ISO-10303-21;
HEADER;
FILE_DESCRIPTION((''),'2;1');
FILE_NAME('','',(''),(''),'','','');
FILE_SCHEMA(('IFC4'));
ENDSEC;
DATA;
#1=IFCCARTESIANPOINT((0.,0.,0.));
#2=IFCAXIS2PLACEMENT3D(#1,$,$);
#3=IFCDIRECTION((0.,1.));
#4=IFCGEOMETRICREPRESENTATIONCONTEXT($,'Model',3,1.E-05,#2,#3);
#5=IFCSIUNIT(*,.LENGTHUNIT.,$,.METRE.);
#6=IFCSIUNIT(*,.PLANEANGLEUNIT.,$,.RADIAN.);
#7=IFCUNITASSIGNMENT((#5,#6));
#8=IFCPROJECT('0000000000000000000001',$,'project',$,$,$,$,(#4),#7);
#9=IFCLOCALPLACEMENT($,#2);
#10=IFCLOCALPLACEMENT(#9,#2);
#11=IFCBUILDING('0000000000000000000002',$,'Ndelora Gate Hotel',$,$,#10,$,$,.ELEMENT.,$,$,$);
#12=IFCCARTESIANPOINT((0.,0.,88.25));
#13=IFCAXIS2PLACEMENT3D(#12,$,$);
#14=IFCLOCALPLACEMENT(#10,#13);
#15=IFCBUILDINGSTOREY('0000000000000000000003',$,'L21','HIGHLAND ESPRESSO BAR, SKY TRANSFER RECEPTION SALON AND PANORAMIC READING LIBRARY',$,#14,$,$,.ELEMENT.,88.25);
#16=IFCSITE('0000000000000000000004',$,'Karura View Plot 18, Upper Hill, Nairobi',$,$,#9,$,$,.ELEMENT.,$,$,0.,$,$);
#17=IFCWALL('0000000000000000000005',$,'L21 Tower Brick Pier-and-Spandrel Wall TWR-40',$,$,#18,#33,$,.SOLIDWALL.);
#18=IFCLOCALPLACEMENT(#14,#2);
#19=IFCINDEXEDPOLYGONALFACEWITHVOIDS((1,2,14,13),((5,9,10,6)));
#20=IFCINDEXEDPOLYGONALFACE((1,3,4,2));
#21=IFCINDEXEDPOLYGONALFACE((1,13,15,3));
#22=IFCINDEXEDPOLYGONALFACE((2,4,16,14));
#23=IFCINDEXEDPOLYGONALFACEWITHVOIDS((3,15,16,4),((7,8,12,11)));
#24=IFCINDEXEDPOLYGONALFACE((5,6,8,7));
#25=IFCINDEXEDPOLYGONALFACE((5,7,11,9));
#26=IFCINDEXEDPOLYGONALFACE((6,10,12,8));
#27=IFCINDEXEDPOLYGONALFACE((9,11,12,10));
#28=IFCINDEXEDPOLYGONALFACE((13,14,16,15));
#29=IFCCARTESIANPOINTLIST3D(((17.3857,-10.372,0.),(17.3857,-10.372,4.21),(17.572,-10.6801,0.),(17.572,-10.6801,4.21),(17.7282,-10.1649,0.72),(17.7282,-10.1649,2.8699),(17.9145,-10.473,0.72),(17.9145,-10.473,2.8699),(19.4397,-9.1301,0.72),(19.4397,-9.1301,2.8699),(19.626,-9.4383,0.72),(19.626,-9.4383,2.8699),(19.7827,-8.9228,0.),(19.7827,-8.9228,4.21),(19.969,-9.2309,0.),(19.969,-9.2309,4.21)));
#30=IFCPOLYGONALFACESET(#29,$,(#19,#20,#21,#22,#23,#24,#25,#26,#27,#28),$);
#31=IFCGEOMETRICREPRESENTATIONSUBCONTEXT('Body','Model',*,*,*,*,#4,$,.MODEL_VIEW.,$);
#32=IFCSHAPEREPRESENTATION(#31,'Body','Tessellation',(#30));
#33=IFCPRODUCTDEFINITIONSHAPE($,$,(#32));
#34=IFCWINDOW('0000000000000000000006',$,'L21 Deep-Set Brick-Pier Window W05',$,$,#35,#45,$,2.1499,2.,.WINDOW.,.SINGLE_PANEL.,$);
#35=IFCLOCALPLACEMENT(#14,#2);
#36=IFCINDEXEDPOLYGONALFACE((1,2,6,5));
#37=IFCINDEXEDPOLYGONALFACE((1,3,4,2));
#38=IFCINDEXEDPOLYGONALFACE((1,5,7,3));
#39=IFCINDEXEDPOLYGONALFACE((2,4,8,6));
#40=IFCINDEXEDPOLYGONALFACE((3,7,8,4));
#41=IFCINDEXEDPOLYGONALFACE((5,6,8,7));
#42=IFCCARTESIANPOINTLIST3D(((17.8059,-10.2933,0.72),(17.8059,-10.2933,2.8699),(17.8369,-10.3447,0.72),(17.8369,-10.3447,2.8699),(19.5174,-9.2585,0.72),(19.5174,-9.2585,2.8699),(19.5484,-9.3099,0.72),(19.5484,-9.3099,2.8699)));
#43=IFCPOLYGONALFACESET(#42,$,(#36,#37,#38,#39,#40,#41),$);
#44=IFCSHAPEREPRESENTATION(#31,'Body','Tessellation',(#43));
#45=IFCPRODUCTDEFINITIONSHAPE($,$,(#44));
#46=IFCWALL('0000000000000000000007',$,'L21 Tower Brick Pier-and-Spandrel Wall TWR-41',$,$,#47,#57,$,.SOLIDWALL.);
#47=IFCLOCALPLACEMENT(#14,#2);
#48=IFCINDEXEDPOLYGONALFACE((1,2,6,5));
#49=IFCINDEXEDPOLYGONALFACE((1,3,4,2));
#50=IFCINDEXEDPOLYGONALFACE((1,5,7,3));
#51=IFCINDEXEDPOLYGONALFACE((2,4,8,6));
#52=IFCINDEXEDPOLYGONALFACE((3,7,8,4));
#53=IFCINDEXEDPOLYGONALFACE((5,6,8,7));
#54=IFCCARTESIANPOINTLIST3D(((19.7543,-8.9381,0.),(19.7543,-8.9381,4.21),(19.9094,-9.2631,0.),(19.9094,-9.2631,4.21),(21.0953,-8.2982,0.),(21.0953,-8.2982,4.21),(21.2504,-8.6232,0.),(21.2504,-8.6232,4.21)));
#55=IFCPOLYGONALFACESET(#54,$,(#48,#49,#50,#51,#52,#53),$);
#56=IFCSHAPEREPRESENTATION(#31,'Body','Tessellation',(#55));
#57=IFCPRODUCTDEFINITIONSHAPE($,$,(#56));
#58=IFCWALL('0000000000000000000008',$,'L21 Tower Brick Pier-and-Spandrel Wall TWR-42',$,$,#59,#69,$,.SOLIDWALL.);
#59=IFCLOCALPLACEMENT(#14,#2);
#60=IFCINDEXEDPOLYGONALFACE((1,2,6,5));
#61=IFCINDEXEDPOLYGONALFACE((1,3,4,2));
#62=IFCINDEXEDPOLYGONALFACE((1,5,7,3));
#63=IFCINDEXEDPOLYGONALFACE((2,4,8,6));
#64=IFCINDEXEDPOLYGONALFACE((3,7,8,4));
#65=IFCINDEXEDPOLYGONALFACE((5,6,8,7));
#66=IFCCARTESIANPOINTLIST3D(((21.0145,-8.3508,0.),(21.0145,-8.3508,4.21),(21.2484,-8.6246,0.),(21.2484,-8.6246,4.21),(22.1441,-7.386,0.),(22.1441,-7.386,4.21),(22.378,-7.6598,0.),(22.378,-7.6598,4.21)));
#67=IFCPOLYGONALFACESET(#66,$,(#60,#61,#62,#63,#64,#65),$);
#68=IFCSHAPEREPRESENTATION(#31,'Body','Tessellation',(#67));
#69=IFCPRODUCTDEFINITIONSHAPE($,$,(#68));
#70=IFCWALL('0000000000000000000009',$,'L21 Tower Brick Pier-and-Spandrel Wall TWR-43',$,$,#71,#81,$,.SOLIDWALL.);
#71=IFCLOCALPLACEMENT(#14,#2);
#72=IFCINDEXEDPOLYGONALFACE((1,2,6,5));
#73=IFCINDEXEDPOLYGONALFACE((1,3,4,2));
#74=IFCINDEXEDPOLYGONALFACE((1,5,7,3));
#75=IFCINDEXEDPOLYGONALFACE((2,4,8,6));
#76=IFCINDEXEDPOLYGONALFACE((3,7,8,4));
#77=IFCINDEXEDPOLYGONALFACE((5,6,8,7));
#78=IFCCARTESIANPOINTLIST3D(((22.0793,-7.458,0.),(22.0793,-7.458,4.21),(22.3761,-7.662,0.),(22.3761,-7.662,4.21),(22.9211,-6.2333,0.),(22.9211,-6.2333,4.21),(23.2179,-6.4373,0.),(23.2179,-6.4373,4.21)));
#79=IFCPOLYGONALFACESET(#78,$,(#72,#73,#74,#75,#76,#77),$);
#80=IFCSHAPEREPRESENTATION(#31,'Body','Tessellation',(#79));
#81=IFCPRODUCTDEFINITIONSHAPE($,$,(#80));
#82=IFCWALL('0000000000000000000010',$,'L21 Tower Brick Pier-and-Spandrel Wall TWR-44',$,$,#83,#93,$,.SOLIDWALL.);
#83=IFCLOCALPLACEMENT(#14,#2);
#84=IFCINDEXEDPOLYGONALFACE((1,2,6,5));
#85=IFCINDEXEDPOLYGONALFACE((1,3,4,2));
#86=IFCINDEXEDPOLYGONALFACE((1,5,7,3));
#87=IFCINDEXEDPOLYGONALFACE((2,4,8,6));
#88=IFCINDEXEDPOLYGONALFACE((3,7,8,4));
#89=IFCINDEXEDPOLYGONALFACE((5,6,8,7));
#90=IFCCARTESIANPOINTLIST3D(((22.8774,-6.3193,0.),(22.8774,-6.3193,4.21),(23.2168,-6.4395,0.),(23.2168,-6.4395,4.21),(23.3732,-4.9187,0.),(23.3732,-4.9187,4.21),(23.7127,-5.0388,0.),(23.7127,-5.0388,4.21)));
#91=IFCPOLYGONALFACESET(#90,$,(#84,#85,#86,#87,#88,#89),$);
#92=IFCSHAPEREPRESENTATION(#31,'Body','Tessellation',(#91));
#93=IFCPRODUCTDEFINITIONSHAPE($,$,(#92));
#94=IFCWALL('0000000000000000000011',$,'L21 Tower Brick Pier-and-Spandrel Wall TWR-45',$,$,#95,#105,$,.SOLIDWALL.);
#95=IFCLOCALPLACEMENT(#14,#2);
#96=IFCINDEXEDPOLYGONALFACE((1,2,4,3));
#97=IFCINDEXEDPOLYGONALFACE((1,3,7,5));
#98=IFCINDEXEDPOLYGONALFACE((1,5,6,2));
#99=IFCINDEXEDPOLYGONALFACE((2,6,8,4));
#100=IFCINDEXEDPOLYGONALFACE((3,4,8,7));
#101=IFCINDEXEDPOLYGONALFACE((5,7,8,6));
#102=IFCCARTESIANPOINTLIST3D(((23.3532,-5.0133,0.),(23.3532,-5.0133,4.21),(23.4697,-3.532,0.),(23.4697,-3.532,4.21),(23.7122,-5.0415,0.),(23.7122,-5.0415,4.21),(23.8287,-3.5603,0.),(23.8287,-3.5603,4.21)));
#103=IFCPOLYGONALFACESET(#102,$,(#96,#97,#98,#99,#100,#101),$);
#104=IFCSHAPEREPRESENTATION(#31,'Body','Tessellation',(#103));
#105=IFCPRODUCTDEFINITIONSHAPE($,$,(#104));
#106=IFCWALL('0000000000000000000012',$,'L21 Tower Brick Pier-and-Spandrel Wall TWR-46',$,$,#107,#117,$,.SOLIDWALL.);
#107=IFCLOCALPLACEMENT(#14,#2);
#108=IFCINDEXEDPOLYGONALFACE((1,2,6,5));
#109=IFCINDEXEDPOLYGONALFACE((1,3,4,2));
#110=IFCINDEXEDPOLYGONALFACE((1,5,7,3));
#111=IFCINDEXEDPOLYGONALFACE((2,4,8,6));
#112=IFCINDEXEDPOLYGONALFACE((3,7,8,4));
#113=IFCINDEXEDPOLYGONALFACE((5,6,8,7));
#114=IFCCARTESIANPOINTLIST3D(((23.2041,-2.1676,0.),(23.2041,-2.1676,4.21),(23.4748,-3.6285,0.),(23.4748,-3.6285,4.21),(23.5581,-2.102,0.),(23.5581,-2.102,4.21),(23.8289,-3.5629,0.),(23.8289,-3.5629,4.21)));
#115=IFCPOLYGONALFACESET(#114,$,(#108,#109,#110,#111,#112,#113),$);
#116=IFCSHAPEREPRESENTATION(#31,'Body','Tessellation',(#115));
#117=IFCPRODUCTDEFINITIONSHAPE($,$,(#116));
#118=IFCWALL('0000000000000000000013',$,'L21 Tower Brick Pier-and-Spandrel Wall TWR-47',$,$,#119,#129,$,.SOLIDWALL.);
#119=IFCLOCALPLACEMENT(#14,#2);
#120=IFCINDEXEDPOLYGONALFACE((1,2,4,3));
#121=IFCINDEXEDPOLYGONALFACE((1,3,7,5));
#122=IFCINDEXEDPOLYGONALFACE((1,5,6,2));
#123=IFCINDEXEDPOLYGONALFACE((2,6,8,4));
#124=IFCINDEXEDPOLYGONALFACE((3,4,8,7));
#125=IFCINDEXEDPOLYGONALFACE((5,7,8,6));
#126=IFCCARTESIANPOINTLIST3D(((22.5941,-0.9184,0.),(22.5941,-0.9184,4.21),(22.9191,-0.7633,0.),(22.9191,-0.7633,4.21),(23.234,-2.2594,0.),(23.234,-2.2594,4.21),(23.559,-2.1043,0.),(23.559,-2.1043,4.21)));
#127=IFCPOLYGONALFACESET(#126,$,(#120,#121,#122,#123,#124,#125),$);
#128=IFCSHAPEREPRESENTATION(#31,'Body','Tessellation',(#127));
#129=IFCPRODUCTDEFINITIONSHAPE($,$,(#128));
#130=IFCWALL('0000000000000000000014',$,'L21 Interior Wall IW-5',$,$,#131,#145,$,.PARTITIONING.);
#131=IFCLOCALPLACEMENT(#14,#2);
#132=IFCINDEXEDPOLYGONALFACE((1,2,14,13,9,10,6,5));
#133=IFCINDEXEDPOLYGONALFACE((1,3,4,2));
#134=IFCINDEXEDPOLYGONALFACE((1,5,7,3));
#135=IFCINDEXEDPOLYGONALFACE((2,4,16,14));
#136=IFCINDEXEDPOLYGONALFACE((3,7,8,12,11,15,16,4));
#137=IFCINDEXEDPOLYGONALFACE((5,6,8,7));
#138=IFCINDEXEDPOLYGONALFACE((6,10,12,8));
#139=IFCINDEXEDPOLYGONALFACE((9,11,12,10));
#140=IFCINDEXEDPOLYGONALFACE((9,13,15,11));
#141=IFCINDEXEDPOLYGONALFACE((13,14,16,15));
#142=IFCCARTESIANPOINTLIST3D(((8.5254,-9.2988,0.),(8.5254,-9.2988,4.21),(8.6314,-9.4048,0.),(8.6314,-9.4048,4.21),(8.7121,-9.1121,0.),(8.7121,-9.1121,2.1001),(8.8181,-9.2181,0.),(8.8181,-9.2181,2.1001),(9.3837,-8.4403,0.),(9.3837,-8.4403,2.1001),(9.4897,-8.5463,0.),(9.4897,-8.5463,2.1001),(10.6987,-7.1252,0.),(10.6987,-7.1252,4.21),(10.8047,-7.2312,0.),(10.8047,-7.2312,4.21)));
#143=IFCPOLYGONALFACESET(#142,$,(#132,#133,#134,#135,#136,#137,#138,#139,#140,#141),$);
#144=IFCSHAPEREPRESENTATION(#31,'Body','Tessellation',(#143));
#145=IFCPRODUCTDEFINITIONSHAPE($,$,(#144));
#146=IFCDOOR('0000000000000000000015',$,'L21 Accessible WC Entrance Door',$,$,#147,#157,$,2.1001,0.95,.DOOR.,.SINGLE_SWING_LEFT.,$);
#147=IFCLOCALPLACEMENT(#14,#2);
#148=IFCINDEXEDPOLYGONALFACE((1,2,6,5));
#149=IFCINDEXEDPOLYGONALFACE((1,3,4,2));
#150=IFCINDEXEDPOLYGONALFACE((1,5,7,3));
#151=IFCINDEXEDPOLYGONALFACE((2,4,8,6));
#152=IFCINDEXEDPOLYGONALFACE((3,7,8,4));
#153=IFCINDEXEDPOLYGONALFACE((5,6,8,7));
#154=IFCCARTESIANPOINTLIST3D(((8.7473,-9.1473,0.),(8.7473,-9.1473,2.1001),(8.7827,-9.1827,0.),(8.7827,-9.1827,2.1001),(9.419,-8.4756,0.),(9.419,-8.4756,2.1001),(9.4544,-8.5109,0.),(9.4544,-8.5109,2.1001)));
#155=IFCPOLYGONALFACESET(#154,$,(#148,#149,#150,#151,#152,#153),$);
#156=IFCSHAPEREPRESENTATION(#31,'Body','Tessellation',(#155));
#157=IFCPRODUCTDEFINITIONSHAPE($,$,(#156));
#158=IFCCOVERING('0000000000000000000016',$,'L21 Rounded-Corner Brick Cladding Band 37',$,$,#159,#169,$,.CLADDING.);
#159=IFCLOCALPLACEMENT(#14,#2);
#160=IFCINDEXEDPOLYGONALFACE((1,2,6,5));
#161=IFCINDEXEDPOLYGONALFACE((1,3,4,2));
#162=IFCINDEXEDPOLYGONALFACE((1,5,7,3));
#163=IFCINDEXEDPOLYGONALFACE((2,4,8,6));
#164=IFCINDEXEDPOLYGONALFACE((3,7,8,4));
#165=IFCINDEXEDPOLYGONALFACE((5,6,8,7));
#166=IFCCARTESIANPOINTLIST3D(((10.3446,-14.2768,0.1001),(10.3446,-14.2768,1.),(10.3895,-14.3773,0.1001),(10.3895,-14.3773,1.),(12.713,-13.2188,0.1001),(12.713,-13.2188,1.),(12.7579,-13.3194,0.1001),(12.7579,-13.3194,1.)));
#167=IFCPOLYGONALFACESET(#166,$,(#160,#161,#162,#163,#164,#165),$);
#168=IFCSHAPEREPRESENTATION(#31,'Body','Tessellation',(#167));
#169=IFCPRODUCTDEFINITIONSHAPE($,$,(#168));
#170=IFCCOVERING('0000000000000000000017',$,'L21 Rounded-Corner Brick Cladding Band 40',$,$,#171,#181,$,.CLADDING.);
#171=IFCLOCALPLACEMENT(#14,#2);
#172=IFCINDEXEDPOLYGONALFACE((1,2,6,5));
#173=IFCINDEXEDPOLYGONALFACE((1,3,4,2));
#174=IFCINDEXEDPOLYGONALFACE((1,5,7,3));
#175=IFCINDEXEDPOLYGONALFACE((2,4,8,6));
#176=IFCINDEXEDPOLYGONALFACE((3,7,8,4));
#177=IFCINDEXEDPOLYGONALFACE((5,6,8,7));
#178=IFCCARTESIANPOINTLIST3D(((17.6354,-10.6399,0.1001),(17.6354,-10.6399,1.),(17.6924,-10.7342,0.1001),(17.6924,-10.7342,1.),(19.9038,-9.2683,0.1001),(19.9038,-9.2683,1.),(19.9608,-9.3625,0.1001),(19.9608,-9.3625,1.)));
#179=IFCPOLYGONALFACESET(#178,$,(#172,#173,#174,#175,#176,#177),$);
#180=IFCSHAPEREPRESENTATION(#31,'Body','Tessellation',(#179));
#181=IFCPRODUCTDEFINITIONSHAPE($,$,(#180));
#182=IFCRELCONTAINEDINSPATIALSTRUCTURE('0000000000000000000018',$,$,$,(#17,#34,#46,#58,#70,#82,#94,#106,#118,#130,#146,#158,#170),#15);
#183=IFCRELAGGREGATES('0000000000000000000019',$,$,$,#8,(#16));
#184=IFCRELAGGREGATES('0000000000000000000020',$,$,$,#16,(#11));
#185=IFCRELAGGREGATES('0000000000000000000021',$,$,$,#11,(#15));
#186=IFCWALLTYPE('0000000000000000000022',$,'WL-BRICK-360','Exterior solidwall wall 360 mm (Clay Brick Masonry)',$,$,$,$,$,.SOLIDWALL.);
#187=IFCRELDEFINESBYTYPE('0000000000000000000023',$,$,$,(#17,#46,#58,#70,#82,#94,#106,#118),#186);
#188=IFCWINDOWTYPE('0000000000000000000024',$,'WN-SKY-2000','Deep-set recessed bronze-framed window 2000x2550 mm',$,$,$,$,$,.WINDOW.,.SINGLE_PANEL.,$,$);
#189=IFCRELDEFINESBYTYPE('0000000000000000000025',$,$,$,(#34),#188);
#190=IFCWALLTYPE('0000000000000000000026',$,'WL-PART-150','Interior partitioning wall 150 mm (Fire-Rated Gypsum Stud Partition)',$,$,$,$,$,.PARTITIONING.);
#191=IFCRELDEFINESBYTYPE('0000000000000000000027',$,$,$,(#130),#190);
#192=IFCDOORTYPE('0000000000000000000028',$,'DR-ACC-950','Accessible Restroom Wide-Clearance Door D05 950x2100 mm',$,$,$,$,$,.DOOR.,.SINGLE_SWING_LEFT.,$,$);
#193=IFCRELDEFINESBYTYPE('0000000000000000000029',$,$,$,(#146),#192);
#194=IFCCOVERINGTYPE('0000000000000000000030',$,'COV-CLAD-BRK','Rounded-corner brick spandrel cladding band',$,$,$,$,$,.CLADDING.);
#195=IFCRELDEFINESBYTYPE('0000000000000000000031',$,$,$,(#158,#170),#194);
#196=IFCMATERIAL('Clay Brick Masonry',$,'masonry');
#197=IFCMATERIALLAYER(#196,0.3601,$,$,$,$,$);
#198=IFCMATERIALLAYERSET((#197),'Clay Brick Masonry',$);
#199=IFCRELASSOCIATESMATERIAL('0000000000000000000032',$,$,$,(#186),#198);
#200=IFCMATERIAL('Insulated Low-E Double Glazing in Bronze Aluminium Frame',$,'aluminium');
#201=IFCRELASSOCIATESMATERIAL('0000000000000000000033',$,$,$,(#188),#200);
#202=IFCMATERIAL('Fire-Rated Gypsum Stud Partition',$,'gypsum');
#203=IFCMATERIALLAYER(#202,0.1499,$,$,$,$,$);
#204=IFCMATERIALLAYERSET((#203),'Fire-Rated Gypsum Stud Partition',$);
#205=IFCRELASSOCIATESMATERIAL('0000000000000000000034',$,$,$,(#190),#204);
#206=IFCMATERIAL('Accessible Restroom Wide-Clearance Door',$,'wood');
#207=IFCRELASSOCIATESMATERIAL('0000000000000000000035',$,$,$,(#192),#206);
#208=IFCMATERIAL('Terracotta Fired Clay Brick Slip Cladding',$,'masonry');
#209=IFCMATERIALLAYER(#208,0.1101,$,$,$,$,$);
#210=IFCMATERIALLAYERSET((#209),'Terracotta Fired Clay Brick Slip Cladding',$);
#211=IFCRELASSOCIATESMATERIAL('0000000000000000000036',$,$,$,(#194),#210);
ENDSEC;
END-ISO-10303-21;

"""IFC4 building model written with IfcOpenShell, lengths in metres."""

from ifc_helpers import new_model, si_unit, direction, frame, frame_2d, origin, origin_2d, place, context, subcontext, project, spatial, rectangle, extrude, material, layer, layer_set, type_object, element, fill, save


model = new_model("IFC4")

# Units and contexts
model_context = context("Model", 3, precision=1e-05, world=origin(), true_north=direction((0.0, 1.0)))
body_context = subcontext(model_context, "Body", "Model", "MODEL_VIEW")
ifc_project = project(units=[si_unit("LENGTHUNIT", "METRE"), si_unit("PLANEANGLEUNIT", "RADIAN")], contexts=[model_context])

# Site, building, storey
site_placement = place(None, origin())
site = spatial("IfcSite", under=ifc_project, at=site_placement, Name="Karura View Plot 18, Upper Hill, Nairobi", CompositionType="ELEMENT", RefElevation=0.0)
building_placement = place(site_placement, origin())
building = spatial("IfcBuilding", under=site, at=building_placement, Name="Ndelora Gate Hotel", CompositionType="ELEMENT")
storey_placement = place(building_placement, frame((0.0, 0.0, 88.25)))
storey = spatial("IfcBuildingStorey", under=building, at=storey_placement, Name="L21", Description="HIGHLAND ESPRESSO BAR, SKY TRANSFER RECEPTION SALON AND PANORAMIC READING LIBRARY", CompositionType="ELEMENT", Elevation=88.25)

# Shared definitions
ifc_material_1 = material(Name="Clay Brick Masonry", Category="masonry")
ifc_layer_1 = layer(ifc_material_1, 0.3601)
ifc_layer_set_1 = layer_set([ifc_layer_1], Name="Clay Brick Masonry")
wall_type_1 = type_object("IfcWallType", Name="WL-BRICK-360", Description="Exterior solidwall wall 360 mm (Clay Brick Masonry)", PredefinedType="SOLIDWALL", material=ifc_layer_set_1)

# Shared definitions
ifc_material_2 = material(Name="Insulated Low-E Double Glazing in Bronze Aluminium Frame", Category="aluminium")
window_type = type_object("IfcWindowType", Name="WN-SKY-2000", Description="Deep-set recessed bronze-framed window 2000x2550 mm", PartitioningType="SINGLE_PANEL", PredefinedType="WINDOW", material=ifc_material_2)

# Wall, opening, window
wall_1_placement = place(storey_placement, frame((19.8757, -9.0769, 0.0), z_axis=(0.0, 0.0, 1.0), x_axis=(-0.85575, -0.51739, 0.0)))
wall_1 = element("IfcWall", 1, at=wall_1_placement, inside=storey, type_object=wall_type_1, Name="L21 Tower Brick Pier-and-Spandrel Wall TWR-40", PredefinedType="SOLIDWALL", context=body_context, shape_type="SweptSolid", body=[
    extrude(rectangle(XDim=2.801, YDim=0.3601, at=frame_2d((1.4004, 0.0))), origin(), (0.0, 0.0, 1.0), 4.21),
])
opening_1_placement = place(wall_1_placement, frame((0.4006, 0.0, 0.72)))
opening_1 = element("IfcOpeningElement", 2, at=opening_1_placement, cuts=wall_1, PredefinedType="OPENING", context=body_context, shape_type="SweptSolid", body=[
    extrude(rectangle(XDim=2.0, YDim=2.1499, at=frame_2d((1.0, 1.075))), frame((0.0, 0.1899, 0.0), z_axis=(0.0, -1.0, 0.0), x_axis=(1.0, 0.0, 0.0)), (0.0, 0.0, 1.0), 0.3801),
])
window_1_placement = place(opening_1_placement, origin())
window_1 = element("IfcWindow", 3, at=window_1_placement, inside=storey, type_object=window_type, Name="L21 Deep-Set Brick-Pier Window W05", OverallHeight=2.1499, OverallWidth=2.0, PartitioningType="SINGLE_PANEL", PredefinedType="WINDOW", context=body_context, shape_type="SweptSolid", body=[
    extrude(rectangle(XDim=2.0, YDim=2.1499, at=frame_2d((1.0, 1.075))), frame((0.0, 0.03, 0.0), z_axis=(0.0, -1.0, 0.0), x_axis=(1.0, 0.0, 0.0)), (0.0, 0.0, 1.0), 0.0601),
])
fill(opening_1, window_1)

# Walls
wall_2_placement = place(storey_placement, frame((21.1729, -8.4607, 0.0), z_axis=(0.0, 0.0, 1.0), x_axis=(-0.902523, -0.430641, 0.0)))
element("IfcWall", 4, at=wall_2_placement, inside=storey, type_object=wall_type_1, Name="L21 Tower Brick Pier-and-Spandrel Wall TWR-41", PredefinedType="SOLIDWALL", context=body_context, shape_type="SweptSolid", body=[
    extrude(rectangle(XDim=1.4858, YDim=0.3601, at=frame_2d((0.7429, 0.0))), origin(), (0.0, 0.0, 1.0), 4.21),
])
wall_3_placement = place(storey_placement, frame((22.261, -7.5229, 0.0), z_axis=(0.0, 0.0, 1.0), x_axis=(-0.760392, -0.649464, 0.0)))
element("IfcWall", 5, at=wall_3_placement, inside=storey, type_object=wall_type_1, Name="L21 Tower Brick Pier-and-Spandrel Wall TWR-42", PredefinedType="SOLIDWALL", context=body_context, shape_type="SweptSolid", body=[
    extrude(rectangle(XDim=1.4856, YDim=0.3601, at=frame_2d((0.7427, 0.0))), origin(), (0.0, 0.0, 1.0), 4.21),
])
wall_4_placement = place(storey_placement, frame((23.0696, -6.3352, 0.0), z_axis=(0.0, 0.0, 1.0), x_axis=(-0.566473, -0.82408, 0.0)))
element("IfcWall", 6, at=wall_4_placement, inside=storey, type_object=wall_type_1, Name="L21 Tower Brick Pier-and-Spandrel Wall TWR-43", PredefinedType="SOLIDWALL", context=body_context, shape_type="SweptSolid", body=[
    extrude(rectangle(XDim=1.4861, YDim=0.3601, at=frame_2d((0.7432, 0.0))), origin(), (0.0, 0.0, 1.0), 4.21),
])
for number, where, z_axis, x_axis, name in (
    (7, (23.543, -4.9788, 0.0), (0.0, 0.0, 1.0), (-0.333722, -0.942671, 0.0), "L21 Tower Brick Pier-and-Spandrel Wall TWR-44"),
    (8, (23.6492, -3.5461, 0.0), (0.0, 0.0, 1.0), (-0.07838, -0.996924, 0.0), "L21 Tower Brick Pier-and-Spandrel Wall TWR-45"),
    (9, (23.3811, -2.1348, 0.0), (0.0, 0.0, 1.0), (0.182225, -0.983257, 0.0), "L21 Tower Brick Pier-and-Spandrel Wall TWR-46"),
    (10, (22.7566, -0.8408, 0.0), (0.0, 0.0, 1.0), (0.430641, -0.902523, 0.0), "L21 Tower Brick Pier-and-Spandrel Wall TWR-47"),
):
    element("IfcWall", number, at=place(storey_placement, frame(where, z_axis=z_axis, x_axis=x_axis)), inside=storey, type_object=wall_type_1, Name=name, PredefinedType="SOLIDWALL", context=body_context, shape_type="SweptSolid", body=[
        extrude(rectangle(XDim=1.4858, YDim=0.3601, at=frame_2d((0.7429, 0.0))), origin(), (0.0, 0.0, 1.0), 4.21),
    ])

# Wall, opening, door
ifc_material_3 = material(Name="Fire-Rated Gypsum Stud Partition", Category="gypsum")
ifc_layer_2 = layer(ifc_material_3, 0.1499)
ifc_layer_set_2 = layer_set([ifc_layer_2], Name="Fire-Rated Gypsum Stud Partition")
wall_type_2 = type_object("IfcWallType", Name="WL-PART-150", Description="Interior partitioning wall 150 mm (Fire-Rated Gypsum Stud Partition)", PredefinedType="PARTITIONING", material=ifc_layer_set_2)
wall_5_placement = place(storey_placement, frame((10.7517, -7.1782, 0.0), z_axis=(0.0, 0.0, 1.0), x_axis=(-0.707067, -0.707146, 0.0)))
wall_5 = element("IfcWall", 11, at=wall_5_placement, inside=storey, type_object=wall_type_2, Name="L21 Interior Wall IW-5", PredefinedType="PARTITIONING", context=body_context, shape_type="SweptSolid", body=[
    extrude(rectangle(XDim=3.0737, YDim=0.1499, at=frame_2d((1.5369, 0.0))), origin(), (0.0, 0.0, 1.0), 4.21),
])
opening_2_placement = place(wall_5_placement, frame((1.8596, 0.0, 0.0)))
opening_2 = element("IfcOpeningElement", 12, at=opening_2_placement, cuts=wall_5, PredefinedType="OPENING", context=body_context, shape_type="SweptSolid", body=[
    extrude(rectangle(XDim=0.95, YDim=2.1001, at=frame_2d((0.4751, 1.05))), frame((0.0, 0.085, 0.0), z_axis=(0.0, -1.0, 0.0), x_axis=(1.0, 0.0, 0.0)), (0.0, 0.0, 1.0), 0.1699),
])
ifc_material_4 = material(Name="Accessible Restroom Wide-Clearance Door", Category="wood")
door_type = type_object("IfcDoorType", Name="DR-ACC-950", Description="Accessible Restroom Wide-Clearance Door D05 950x2100 mm", OperationType="SINGLE_SWING_LEFT", PredefinedType="DOOR", material=ifc_material_4)
door_placement = place(opening_2_placement, origin())
door = element("IfcDoor", 13, at=door_placement, inside=storey, type_object=door_type, Name="L21 Accessible WC Entrance Door", OperationType="SINGLE_SWING_LEFT", OverallHeight=2.1001, OverallWidth=0.95, PredefinedType="DOOR", context=body_context, shape_type="SweptSolid", body=[
    extrude(rectangle(XDim=0.95, YDim=2.1001, at=frame_2d((0.4751, 1.05))), frame((0.0, 0.0249, 0.0), z_axis=(0.0, -1.0, 0.0), x_axis=(1.0, 0.0, 0.0)), (0.0, 0.0, 1.0), 0.05),
])
fill(opening_2, door)

# Coverings
ifc_material_5 = material(Name="Terracotta Fired Clay Brick Slip Cladding", Category="masonry")
ifc_layer_3 = layer(ifc_material_5, 0.1101)
ifc_layer_set_3 = layer_set([ifc_layer_3], Name="Terracotta Fired Clay Brick Slip Cladding")
covering_type_1 = type_object("IfcCoveringType", Name="COV-CLAD-BRK", Description="Rounded-corner brick spandrel cladding band", PredefinedType="CLADDING", material=ifc_layer_set_3)
covering_1_placement = place(storey_placement, frame((11.5513, -13.7981, 0.1001), z_axis=(0.0, 0.0, 1.0), x_axis=(0.913048, 0.407852, 0.0)))
element("IfcCovering", 14, at=covering_1_placement, inside=storey, type_object=covering_type_1, Name="L21 Rounded-Corner Brick Cladding Band 37", PredefinedType="CLADDING", context=body_context, shape_type="SweptSolid", body=[
    extrude(rectangle(XDim=2.594, YDim=0.1101, at=origin_2d()), origin(), (0.0, 0.0, 1.0), 0.8999),
])
covering_2_placement = place(storey_placement, frame((18.7981, -10.0012, 0.1001), z_axis=(0.0, 0.0, 1.0), x_axis=(0.855726, 0.51743, 0.0)))
element("IfcCovering", 15, at=covering_2_placement, inside=storey, type_object=covering_type_1, Name="L21 Rounded-Corner Brick Cladding Band 40", PredefinedType="CLADDING", context=body_context, shape_type="SweptSolid", body=[
    extrude(rectangle(XDim=2.6509, YDim=0.1101, at=origin_2d()), origin(), (0.0, 0.0, 1.0), 0.8999),
])

save(model, "model.ifc")
